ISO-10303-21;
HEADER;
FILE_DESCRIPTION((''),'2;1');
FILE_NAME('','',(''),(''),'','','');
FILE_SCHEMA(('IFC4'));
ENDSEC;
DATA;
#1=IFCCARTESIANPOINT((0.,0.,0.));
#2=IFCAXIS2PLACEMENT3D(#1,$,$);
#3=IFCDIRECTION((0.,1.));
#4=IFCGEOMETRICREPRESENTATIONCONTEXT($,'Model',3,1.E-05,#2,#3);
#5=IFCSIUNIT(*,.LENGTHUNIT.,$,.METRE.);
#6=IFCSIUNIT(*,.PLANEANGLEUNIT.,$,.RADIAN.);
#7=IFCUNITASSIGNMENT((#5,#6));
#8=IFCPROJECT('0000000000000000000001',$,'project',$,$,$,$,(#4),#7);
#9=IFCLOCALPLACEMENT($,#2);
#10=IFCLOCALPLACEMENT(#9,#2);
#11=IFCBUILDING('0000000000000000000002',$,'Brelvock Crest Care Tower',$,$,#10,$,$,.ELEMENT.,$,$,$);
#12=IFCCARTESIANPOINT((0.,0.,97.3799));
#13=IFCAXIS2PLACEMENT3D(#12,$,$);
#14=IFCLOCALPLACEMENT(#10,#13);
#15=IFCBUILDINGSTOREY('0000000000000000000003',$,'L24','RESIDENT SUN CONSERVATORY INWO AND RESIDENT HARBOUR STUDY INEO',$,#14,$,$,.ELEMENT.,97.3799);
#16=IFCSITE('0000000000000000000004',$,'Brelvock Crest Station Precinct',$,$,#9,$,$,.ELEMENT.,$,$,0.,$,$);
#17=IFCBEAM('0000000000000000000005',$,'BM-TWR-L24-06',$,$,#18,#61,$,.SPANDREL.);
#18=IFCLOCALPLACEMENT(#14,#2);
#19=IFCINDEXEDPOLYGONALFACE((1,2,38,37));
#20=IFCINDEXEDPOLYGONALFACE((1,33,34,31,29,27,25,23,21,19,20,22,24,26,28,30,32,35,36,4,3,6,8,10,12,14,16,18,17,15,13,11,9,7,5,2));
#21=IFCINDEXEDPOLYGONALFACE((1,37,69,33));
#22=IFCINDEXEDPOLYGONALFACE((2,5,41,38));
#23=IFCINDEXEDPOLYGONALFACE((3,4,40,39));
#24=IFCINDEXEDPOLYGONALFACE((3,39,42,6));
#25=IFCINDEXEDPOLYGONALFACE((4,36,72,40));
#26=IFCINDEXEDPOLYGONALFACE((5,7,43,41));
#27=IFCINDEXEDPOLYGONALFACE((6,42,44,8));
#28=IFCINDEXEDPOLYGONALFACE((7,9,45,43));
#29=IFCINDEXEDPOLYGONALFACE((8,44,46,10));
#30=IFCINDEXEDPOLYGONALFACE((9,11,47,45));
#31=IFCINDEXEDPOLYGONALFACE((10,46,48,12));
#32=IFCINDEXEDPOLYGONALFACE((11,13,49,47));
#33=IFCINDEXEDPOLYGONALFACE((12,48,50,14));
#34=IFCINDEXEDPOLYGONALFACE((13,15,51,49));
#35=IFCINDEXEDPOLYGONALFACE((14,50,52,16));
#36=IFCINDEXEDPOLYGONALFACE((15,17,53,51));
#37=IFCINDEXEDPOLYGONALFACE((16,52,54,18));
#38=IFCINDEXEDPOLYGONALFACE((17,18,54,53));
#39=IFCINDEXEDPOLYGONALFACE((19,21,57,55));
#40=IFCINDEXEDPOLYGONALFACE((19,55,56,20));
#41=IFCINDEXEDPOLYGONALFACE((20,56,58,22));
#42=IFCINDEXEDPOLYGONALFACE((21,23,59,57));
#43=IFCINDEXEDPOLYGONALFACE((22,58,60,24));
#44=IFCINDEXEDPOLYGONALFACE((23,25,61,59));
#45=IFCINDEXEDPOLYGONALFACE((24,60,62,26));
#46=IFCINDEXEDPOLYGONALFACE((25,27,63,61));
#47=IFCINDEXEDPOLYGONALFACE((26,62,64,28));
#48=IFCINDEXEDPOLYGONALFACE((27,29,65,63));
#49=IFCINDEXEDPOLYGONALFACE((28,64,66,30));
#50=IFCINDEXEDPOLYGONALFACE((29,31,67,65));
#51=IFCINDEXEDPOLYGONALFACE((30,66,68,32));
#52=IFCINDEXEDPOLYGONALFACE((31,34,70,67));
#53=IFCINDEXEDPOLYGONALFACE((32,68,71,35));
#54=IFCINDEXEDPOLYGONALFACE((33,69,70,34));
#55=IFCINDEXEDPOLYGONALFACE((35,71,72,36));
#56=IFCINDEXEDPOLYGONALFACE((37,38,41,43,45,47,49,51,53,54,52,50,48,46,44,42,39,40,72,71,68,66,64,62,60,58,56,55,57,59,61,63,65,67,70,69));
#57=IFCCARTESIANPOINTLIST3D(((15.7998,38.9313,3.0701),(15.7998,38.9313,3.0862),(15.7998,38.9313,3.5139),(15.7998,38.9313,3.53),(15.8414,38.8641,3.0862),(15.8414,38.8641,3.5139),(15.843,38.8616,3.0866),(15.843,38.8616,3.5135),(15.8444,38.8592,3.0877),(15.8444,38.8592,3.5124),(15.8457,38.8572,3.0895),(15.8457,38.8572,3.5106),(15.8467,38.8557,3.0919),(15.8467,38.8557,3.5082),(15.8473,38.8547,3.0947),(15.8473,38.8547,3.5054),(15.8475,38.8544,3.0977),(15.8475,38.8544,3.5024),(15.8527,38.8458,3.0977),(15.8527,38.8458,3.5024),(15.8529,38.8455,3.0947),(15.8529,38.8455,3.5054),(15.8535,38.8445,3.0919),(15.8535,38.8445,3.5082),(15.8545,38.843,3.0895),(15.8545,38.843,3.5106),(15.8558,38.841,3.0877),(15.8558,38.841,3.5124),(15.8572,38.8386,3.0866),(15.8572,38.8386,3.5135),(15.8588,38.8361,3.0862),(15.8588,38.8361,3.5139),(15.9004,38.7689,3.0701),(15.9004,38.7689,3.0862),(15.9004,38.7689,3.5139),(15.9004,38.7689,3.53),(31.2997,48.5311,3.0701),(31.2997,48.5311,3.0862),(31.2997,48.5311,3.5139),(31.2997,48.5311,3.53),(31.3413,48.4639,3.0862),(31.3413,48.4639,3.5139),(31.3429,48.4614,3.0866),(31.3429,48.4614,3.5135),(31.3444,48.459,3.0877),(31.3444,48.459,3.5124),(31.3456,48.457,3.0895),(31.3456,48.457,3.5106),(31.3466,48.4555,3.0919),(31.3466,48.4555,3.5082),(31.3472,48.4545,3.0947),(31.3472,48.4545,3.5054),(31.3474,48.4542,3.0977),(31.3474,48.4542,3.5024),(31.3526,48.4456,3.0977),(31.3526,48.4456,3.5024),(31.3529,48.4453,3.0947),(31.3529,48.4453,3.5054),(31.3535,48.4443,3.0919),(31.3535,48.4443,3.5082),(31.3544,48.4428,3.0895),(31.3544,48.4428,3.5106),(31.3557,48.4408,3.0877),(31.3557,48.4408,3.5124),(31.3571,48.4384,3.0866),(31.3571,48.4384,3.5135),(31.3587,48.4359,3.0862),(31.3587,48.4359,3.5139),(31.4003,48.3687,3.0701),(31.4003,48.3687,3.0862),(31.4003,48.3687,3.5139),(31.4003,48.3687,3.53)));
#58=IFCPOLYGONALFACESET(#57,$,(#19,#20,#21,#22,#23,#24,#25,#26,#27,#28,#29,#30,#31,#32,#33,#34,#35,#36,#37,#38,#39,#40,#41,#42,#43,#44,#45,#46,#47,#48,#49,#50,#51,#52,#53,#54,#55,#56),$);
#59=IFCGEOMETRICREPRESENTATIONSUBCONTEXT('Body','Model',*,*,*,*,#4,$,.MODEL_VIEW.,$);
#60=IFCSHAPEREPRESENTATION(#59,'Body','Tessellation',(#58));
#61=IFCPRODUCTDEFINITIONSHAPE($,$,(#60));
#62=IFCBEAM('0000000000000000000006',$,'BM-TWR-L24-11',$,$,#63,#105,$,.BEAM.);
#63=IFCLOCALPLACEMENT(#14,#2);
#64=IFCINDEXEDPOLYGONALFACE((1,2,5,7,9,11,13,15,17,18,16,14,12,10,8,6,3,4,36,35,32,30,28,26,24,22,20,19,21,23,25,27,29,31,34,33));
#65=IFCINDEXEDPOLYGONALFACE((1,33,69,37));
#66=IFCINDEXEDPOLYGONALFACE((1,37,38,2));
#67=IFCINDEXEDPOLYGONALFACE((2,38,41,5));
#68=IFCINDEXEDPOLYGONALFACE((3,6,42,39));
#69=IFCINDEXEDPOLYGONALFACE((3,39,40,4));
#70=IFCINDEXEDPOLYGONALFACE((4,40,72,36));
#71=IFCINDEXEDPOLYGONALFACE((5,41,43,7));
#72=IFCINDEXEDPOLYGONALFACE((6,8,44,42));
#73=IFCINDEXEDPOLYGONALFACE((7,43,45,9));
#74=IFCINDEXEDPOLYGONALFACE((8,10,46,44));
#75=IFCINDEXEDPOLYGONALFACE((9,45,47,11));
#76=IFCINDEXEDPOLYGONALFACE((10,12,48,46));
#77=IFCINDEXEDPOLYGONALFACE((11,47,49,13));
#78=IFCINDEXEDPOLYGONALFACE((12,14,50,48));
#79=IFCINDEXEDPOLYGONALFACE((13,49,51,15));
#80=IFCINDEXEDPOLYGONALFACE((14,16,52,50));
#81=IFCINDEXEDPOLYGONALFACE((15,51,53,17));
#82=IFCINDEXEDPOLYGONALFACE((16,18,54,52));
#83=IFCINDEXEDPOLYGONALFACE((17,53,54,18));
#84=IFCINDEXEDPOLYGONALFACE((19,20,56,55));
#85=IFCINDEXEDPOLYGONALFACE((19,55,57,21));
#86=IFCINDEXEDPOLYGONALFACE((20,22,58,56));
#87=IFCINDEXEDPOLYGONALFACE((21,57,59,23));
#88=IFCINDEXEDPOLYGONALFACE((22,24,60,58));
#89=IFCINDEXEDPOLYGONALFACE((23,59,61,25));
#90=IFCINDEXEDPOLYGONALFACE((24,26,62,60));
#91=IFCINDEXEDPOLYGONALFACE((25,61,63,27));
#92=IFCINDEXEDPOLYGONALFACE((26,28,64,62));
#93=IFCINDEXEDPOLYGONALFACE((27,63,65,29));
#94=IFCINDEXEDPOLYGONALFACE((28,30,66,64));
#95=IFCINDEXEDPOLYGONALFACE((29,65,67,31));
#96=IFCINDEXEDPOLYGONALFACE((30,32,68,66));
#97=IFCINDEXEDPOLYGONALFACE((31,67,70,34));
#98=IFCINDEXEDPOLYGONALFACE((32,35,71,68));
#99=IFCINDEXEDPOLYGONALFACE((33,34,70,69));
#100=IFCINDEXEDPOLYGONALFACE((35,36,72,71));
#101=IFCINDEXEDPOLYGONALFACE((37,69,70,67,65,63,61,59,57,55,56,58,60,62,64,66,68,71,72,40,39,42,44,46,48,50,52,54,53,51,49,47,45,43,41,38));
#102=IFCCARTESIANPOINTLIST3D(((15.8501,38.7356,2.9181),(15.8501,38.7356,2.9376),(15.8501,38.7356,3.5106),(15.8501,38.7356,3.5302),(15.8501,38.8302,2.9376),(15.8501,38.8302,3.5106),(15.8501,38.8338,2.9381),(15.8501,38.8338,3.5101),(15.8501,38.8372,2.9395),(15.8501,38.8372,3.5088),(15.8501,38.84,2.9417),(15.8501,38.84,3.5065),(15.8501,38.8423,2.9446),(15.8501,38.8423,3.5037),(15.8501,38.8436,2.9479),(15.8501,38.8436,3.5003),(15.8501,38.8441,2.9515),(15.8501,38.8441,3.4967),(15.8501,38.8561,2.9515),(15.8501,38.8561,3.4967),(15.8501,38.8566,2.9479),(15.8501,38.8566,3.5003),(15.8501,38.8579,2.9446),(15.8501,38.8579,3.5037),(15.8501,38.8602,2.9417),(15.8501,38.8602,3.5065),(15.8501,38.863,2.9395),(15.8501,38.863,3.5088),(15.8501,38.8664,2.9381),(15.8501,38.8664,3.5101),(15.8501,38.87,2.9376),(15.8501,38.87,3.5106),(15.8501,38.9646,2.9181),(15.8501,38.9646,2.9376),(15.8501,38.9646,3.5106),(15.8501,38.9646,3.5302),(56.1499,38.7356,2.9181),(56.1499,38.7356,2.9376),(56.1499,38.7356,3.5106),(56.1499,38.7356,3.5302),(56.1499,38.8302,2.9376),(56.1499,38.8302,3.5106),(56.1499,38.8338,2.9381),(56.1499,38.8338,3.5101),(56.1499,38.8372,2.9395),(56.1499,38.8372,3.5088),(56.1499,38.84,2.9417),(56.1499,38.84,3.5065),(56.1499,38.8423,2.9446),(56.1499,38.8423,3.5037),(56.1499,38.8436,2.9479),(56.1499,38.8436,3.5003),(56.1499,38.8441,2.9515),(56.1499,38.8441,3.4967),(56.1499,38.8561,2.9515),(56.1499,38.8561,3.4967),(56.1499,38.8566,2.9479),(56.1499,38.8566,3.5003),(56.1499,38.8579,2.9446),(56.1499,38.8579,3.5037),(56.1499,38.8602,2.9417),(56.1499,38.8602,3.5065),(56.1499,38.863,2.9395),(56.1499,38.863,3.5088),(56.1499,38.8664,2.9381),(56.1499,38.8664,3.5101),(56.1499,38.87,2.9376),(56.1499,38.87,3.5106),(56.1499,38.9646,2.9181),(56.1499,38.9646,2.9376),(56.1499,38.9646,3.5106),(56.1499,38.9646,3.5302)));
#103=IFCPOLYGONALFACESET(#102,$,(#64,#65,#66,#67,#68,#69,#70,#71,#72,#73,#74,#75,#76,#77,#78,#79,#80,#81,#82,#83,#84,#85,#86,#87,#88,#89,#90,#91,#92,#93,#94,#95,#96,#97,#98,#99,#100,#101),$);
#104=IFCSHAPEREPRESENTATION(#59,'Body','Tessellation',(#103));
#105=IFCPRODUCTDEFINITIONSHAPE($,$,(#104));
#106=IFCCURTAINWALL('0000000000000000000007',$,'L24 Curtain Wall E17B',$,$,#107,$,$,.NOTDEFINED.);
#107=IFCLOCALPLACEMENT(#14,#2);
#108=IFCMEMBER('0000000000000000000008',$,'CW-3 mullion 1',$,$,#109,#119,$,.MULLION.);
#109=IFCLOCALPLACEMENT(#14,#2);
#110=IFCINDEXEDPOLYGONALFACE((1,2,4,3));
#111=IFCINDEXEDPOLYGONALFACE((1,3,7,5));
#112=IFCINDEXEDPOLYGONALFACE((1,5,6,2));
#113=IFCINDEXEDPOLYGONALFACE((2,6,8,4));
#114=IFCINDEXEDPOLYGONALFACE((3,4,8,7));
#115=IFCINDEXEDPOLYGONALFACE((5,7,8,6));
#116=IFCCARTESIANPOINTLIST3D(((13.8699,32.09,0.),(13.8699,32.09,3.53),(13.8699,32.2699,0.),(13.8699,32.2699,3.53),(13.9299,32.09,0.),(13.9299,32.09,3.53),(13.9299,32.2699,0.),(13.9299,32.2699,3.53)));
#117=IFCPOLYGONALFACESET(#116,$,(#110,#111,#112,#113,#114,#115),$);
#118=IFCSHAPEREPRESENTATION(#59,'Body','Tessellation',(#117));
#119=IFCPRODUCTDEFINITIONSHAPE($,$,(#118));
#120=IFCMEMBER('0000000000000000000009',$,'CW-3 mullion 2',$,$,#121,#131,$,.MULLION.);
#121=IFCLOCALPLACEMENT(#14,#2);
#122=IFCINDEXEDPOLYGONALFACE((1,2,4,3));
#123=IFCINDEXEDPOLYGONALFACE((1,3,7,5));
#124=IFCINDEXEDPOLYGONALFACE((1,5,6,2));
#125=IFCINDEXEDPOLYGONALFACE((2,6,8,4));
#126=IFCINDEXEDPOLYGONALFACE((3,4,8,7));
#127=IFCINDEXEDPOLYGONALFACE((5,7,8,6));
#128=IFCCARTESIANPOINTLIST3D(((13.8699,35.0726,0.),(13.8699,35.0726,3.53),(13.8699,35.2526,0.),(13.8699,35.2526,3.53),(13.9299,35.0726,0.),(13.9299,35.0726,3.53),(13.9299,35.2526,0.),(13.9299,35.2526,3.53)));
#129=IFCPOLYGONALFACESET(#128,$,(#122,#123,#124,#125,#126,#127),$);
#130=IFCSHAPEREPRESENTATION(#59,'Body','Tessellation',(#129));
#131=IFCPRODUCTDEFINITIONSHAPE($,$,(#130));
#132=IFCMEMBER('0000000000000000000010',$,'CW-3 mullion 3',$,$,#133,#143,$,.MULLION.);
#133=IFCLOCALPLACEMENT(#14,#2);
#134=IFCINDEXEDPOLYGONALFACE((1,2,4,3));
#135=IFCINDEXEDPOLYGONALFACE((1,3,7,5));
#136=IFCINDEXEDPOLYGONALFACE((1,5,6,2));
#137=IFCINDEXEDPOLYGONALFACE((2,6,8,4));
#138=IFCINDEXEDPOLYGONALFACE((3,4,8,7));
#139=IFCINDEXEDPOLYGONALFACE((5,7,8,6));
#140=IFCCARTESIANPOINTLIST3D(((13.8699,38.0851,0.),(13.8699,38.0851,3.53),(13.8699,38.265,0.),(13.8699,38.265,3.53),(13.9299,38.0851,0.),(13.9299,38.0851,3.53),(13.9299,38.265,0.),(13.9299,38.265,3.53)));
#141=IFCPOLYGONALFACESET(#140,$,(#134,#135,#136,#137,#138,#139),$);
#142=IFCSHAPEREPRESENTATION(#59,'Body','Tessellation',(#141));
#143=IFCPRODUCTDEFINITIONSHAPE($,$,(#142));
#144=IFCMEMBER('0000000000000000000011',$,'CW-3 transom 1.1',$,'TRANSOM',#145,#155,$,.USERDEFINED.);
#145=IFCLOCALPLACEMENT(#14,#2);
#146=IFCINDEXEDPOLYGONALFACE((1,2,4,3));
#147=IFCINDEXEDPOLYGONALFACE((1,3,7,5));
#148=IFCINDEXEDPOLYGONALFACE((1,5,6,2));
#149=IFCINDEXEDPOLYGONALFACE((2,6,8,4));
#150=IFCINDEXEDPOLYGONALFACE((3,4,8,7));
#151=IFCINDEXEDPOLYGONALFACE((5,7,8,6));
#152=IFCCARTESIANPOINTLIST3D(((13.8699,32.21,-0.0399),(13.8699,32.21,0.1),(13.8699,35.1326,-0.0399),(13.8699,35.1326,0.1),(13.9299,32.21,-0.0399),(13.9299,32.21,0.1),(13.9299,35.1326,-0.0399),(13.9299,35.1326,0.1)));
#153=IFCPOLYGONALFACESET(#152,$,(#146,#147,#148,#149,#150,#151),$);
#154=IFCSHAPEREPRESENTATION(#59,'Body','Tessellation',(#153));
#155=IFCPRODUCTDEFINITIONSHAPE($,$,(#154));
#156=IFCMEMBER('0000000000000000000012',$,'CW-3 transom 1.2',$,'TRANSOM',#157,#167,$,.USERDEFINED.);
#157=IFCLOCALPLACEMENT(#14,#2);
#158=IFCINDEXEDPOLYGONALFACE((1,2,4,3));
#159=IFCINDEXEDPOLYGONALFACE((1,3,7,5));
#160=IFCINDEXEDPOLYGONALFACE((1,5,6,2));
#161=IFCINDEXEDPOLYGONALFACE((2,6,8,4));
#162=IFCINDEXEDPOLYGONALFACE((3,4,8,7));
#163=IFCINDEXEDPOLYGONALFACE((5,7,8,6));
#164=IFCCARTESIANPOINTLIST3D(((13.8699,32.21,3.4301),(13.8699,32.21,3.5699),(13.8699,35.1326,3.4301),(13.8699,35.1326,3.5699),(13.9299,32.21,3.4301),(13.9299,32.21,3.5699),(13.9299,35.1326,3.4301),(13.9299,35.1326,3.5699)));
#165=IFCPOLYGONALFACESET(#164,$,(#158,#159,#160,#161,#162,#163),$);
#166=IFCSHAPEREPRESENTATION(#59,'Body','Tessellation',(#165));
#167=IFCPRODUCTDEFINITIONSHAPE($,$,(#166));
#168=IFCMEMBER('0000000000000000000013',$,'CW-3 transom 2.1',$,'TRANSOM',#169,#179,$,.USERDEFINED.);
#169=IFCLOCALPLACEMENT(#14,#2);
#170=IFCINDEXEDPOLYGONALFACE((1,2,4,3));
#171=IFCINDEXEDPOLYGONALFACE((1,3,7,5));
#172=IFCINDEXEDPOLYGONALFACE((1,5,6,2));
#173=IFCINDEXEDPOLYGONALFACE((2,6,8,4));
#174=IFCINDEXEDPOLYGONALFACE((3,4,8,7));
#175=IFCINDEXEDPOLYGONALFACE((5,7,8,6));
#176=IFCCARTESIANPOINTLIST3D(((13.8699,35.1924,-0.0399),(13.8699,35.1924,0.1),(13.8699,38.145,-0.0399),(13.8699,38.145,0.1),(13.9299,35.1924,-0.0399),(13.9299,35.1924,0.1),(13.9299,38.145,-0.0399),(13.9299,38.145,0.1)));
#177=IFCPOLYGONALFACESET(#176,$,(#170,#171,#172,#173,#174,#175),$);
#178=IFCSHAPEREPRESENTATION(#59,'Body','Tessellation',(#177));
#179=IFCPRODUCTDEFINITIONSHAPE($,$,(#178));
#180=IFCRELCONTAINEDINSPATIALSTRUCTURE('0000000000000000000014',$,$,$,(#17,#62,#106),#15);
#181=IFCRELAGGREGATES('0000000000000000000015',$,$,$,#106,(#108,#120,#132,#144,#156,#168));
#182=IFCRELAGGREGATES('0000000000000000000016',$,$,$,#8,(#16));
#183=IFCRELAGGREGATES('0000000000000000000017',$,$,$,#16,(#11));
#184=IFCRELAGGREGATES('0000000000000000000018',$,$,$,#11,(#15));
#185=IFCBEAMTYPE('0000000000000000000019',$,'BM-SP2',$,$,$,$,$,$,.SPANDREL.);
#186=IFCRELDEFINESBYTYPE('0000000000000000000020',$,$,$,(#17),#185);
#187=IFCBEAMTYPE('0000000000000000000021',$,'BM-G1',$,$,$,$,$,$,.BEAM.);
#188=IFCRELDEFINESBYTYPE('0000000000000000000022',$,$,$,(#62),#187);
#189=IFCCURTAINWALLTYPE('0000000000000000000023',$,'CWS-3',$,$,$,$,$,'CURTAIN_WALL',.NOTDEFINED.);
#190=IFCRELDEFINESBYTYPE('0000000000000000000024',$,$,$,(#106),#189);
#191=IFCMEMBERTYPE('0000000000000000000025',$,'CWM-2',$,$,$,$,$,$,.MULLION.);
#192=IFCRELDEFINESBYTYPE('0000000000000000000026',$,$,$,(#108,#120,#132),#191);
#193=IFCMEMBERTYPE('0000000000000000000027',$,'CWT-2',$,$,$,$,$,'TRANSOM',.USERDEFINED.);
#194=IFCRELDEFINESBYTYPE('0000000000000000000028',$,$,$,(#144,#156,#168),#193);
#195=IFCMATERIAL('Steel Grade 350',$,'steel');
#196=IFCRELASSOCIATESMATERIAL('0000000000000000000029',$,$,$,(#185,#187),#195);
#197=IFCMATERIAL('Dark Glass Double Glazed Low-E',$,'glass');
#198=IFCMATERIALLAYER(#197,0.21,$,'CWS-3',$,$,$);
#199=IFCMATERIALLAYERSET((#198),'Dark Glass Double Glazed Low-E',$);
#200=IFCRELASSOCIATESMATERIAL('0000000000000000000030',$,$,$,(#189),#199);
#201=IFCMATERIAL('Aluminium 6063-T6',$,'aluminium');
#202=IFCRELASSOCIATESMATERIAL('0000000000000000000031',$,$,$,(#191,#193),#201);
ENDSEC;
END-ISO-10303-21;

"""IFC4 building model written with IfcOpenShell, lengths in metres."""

from ifc_helpers import new_model, si_unit, direction, frame, origin, origin_2d, place, context, subcontext, project, spatial, rectangle, i_section, extrude, source, transform, mapped, material, layer, layer_set, material_profile, profile_set, type_object, element, aggregate, save


model = new_model("IFC4")

# Units and contexts
model_context = context("Model", 3, precision=1e-05, world=origin(), true_north=direction((0.0, 1.0)))
body_context = subcontext(model_context, "Body", "Model", "MODEL_VIEW")
ifc_project = project(units=[si_unit("LENGTHUNIT", "METRE"), si_unit("PLANEANGLEUNIT", "RADIAN")], contexts=[model_context])

# Site, building, storey
site_placement = place(None, origin())
site = spatial("IfcSite", under=ifc_project, at=site_placement, Name="Brelvock Crest Station Precinct", CompositionType="ELEMENT", RefElevation=0.0)
building_placement = place(site_placement, origin())
building = spatial("IfcBuilding", under=site, at=building_placement, Name="Brelvock Crest Care Tower", CompositionType="ELEMENT")
storey_placement = place(building_placement, frame((0.0, 0.0, 97.3799)))
storey = spatial("IfcBuildingStorey", under=building, at=storey_placement, Name="L24", Description="RESIDENT SUN CONSERVATORY INWO AND RESIDENT HARBOUR STUDY INEO", CompositionType="ELEMENT", Elevation=97.3799)

# Shared definitions
ifc_material_1 = material(Name="Steel Grade 350", Category="steel")

# Beams
ifc_material_profile_1 = material_profile(ifc_material_1, i_section(OverallWidth=0.1909, OverallDepth=0.46, WebThickness=0.01, FlangeThickness=0.0161, FilletRadius=0.0115, at=origin_2d()), Name="460UB82.1")
ifc_profile_set_1 = profile_set([ifc_material_profile_1], Name="Steel Grade 350")
beam_type_1 = type_object("IfcBeamType", Name="BM-SP2", PredefinedType="SPANDREL", material=ifc_profile_set_1)
shared_shape_1 = source(origin(), body_context, "Body", "SweptSolid", [
    extrude(i_section(OverallWidth=0.1909, OverallDepth=0.46, WebThickness=0.01, FlangeThickness=0.0161, FilletRadius=0.0115, at=origin_2d()), origin(), (0.0, 0.0, 1.0), 18.2319),
])
beam_1_placement = place(storey_placement, frame((15.8501, 38.8501, 3.3), z_axis=(0.850152, 0.526538, 0.0), x_axis=(-0.526538, 0.850152, 0.0)))
element("IfcBeam", 1, at=beam_1_placement, inside=storey, type_object=beam_type_1, Name="BM-TWR-L24-06", PredefinedType="SPANDREL", context=body_context, shape_type="MappedRepresentation", body=[
    mapped(shared_shape_1, transform((0.0, 0.0, 0.0), x_axis=(1.0, 0.0, 0.0), y_axis=(0.0, 1.0, 0.0), z_axis=(0.0, 0.0, 1.0), scale=1.0)),
])
ifc_material_profile_2 = material_profile(ifc_material_1, i_section(OverallWidth=0.229, OverallDepth=0.6121, WebThickness=0.012, FlangeThickness=0.0195, FilletRadius=0.0139, at=origin_2d()), Name="610UB125")
ifc_profile_set_2 = profile_set([ifc_material_profile_2], Name="Steel Grade 350")
beam_type_2 = type_object("IfcBeamType", Name="BM-G1", PredefinedType="BEAM", material=ifc_profile_set_2)
shared_shape_2 = source(origin(), body_context, "Body", "SweptSolid", [
    extrude(i_section(OverallWidth=0.229, OverallDepth=0.6121, WebThickness=0.012, FlangeThickness=0.0195, FilletRadius=0.0139, at=origin_2d()), origin(), (0.0, 0.0, 1.0), 40.2998),
])
beam_2_placement = place(storey_placement, frame((15.8501, 38.8501, 3.2241), z_axis=(1.0, 0.0, 0.0), x_axis=(0.0, 1.0, 0.0)))
element("IfcBeam", 2, at=beam_2_placement, inside=storey, type_object=beam_type_2, Name="BM-TWR-L24-11", PredefinedType="BEAM", context=body_context, shape_type="MappedRepresentation", body=[
    mapped(shared_shape_2, transform((0.0, 0.0, 0.0), x_axis=(1.0, 0.0, 0.0), y_axis=(0.0, 1.0, 0.0), z_axis=(0.0, 0.0, 1.0), scale=1.0)),
])

# Curtain wall, members
ifc_material_2 = material(Name="Dark Glass Double Glazed Low-E", Category="glass")
ifc_layer_1 = layer(ifc_material_2, 0.21, Name="CWS-3")
ifc_layer_set_1 = layer_set([ifc_layer_1], Name="Dark Glass Double Glazed Low-E")
curtain_wall_type = type_object("IfcCurtainWallType", Name="CWS-3", ElementType="CURTAIN_WALL", PredefinedType="NOTDEFINED", material=ifc_layer_set_1)
curtain_wall_placement = place(storey_placement, origin())
curtain_wall = element("IfcCurtainWall", 3, at=curtain_wall_placement, inside=storey, type_object=curtain_wall_type, Name="L24 Curtain Wall E17B", PredefinedType="NOTDEFINED")
ifc_material_3 = material(Name="Aluminium 6063-T6", Category="aluminium")
ifc_material_profile_3 = material_profile(ifc_material_3, rectangle(XDim=0.0601, YDim=0.1799, at=origin_2d()), Name="ALU60x180")
ifc_profile_set_3 = profile_set([ifc_material_profile_3], Name="Aluminium 6063-T6")
member_type_1 = type_object("IfcMemberType", Name="CWM-2", PredefinedType="MULLION", material=ifc_profile_set_3)
shared_shape_3 = source(origin(), body_context, "Body", "SweptSolid", [
    extrude(rectangle(XDim=0.0601, YDim=0.1799, at=origin_2d()), origin(), (0.0, 0.0, 1.0), 3.53),
])
member_1_placement = place(storey_placement, frame((13.8999, 32.1799, 0.0), z_axis=(0.0, 0.0, 1.0), x_axis=(-1.0, 0.0, 0.0)))
member_1 = element("IfcMember", 4, at=member_1_placement, type_object=member_type_1, Name="CW-3 mullion 1", PredefinedType="MULLION", context=body_context, shape_type="MappedRepresentation", body=[
    mapped(shared_shape_3, transform((0.0, 0.0, 0.0), x_axis=(1.0, 0.0, 0.0), y_axis=(0.0, 1.0, 0.0), z_axis=(0.0, 0.0, 1.0), scale=1.0)),
])
member_2_placement = place(storey_placement, frame((13.8999, 35.1626, 0.0), z_axis=(0.0, 0.0, 1.0), x_axis=(-1.0, 0.0, 0.0)))
member_2 = element("IfcMember", 5, at=member_2_placement, type_object=member_type_1, Name="CW-3 mullion 2", PredefinedType="MULLION", context=body_context, shape_type="MappedRepresentation", body=[
    mapped(shared_shape_3, transform((0.0, 0.0, 0.0), x_axis=(1.0, 0.0, 0.0), y_axis=(0.0, 1.0, 0.0), z_axis=(0.0, 0.0, 1.0), scale=1.0)),
])
member_3_placement = place(storey_placement, frame((13.8999, 38.175, 0.0), z_axis=(0.0, 0.0, 1.0), x_axis=(-1.0, 0.0, 0.0)))
member_3 = element("IfcMember", 6, at=member_3_placement, type_object=member_type_1, Name="CW-3 mullion 3", PredefinedType="MULLION", context=body_context, shape_type="MappedRepresentation", body=[
    mapped(shared_shape_3, transform((0.0, 0.0, 0.0), x_axis=(1.0, 0.0, 0.0), y_axis=(0.0, 1.0, 0.0), z_axis=(0.0, 0.0, 1.0), scale=1.0)),
])
ifc_material_profile_4 = material_profile(ifc_material_3, rectangle(XDim=0.0601, YDim=0.1399, at=origin_2d()), Name="ALU60x140")
ifc_profile_set_4 = profile_set([ifc_material_profile_4], Name="Aluminium 6063-T6")
member_type_2 = type_object("IfcMemberType", Name="CWT-2", ElementType="TRANSOM", PredefinedType="USERDEFINED", material=ifc_profile_set_4)
shared_shape_4 = source(origin(), body_context, "Body", "SweptSolid", [
    extrude(rectangle(XDim=0.0601, YDim=0.1399, at=origin_2d()), origin(), (0.0, 0.0, 1.0), 2.9226),
])
member_4_placement = place(storey_placement, frame((13.8999, 32.21, 0.03), z_axis=(0.0, 1.0, 0.0), x_axis=(-1.0, 0.0, 0.0)))
member_4 = element("IfcMember", 7, at=member_4_placement, type_object=member_type_2, Name="CW-3 transom 1.1", ObjectType="TRANSOM", PredefinedType="USERDEFINED", context=body_context, shape_type="MappedRepresentation", body=[
    mapped(shared_shape_4, transform((0.0, 0.0, 0.0), x_axis=(1.0, 0.0, 0.0), y_axis=(0.0, 1.0, 0.0), z_axis=(0.0, 0.0, 1.0), scale=1.0)),
])
member_5_placement = place(storey_placement, frame((13.8999, 32.21, 3.5), z_axis=(0.0, 1.0, 0.0), x_axis=(-1.0, 0.0, 0.0)))
member_5 = element("IfcMember", 8, at=member_5_placement, type_object=member_type_2, Name="CW-3 transom 1.2", ObjectType="TRANSOM", PredefinedType="USERDEFINED", context=body_context, shape_type="MappedRepresentation", body=[
    mapped(shared_shape_4, transform((0.0, 0.0, 0.0), x_axis=(1.0, 0.0, 0.0), y_axis=(0.0, 1.0, 0.0), z_axis=(0.0, 0.0, 1.0), scale=1.0)),
])
shared_shape_5 = source(origin(), body_context, "Body", "SweptSolid", [
    extrude(rectangle(XDim=0.0601, YDim=0.1399, at=origin_2d()), origin(), (0.0, 0.0, 1.0), 2.9526),
])
member_6_placement = place(storey_placement, frame((13.8999, 35.1924, 0.03), z_axis=(0.0, 1.0, 0.0), x_axis=(-1.0, 0.0, 0.0)))
member_6 = element("IfcMember", 9, at=member_6_placement, type_object=member_type_2, Name="CW-3 transom 2.1", ObjectType="TRANSOM", PredefinedType="USERDEFINED", context=body_context, shape_type="MappedRepresentation", body=[
    mapped(shared_shape_5, transform((0.0, 0.0, 0.0), x_axis=(1.0, 0.0, 0.0), y_axis=(0.0, 1.0, 0.0), z_axis=(0.0, 0.0, 1.0), scale=1.0)),
])
aggregate(curtain_wall, [member_1, member_2, member_3, member_4, member_5, member_6])

save(model, "model.ifc")
